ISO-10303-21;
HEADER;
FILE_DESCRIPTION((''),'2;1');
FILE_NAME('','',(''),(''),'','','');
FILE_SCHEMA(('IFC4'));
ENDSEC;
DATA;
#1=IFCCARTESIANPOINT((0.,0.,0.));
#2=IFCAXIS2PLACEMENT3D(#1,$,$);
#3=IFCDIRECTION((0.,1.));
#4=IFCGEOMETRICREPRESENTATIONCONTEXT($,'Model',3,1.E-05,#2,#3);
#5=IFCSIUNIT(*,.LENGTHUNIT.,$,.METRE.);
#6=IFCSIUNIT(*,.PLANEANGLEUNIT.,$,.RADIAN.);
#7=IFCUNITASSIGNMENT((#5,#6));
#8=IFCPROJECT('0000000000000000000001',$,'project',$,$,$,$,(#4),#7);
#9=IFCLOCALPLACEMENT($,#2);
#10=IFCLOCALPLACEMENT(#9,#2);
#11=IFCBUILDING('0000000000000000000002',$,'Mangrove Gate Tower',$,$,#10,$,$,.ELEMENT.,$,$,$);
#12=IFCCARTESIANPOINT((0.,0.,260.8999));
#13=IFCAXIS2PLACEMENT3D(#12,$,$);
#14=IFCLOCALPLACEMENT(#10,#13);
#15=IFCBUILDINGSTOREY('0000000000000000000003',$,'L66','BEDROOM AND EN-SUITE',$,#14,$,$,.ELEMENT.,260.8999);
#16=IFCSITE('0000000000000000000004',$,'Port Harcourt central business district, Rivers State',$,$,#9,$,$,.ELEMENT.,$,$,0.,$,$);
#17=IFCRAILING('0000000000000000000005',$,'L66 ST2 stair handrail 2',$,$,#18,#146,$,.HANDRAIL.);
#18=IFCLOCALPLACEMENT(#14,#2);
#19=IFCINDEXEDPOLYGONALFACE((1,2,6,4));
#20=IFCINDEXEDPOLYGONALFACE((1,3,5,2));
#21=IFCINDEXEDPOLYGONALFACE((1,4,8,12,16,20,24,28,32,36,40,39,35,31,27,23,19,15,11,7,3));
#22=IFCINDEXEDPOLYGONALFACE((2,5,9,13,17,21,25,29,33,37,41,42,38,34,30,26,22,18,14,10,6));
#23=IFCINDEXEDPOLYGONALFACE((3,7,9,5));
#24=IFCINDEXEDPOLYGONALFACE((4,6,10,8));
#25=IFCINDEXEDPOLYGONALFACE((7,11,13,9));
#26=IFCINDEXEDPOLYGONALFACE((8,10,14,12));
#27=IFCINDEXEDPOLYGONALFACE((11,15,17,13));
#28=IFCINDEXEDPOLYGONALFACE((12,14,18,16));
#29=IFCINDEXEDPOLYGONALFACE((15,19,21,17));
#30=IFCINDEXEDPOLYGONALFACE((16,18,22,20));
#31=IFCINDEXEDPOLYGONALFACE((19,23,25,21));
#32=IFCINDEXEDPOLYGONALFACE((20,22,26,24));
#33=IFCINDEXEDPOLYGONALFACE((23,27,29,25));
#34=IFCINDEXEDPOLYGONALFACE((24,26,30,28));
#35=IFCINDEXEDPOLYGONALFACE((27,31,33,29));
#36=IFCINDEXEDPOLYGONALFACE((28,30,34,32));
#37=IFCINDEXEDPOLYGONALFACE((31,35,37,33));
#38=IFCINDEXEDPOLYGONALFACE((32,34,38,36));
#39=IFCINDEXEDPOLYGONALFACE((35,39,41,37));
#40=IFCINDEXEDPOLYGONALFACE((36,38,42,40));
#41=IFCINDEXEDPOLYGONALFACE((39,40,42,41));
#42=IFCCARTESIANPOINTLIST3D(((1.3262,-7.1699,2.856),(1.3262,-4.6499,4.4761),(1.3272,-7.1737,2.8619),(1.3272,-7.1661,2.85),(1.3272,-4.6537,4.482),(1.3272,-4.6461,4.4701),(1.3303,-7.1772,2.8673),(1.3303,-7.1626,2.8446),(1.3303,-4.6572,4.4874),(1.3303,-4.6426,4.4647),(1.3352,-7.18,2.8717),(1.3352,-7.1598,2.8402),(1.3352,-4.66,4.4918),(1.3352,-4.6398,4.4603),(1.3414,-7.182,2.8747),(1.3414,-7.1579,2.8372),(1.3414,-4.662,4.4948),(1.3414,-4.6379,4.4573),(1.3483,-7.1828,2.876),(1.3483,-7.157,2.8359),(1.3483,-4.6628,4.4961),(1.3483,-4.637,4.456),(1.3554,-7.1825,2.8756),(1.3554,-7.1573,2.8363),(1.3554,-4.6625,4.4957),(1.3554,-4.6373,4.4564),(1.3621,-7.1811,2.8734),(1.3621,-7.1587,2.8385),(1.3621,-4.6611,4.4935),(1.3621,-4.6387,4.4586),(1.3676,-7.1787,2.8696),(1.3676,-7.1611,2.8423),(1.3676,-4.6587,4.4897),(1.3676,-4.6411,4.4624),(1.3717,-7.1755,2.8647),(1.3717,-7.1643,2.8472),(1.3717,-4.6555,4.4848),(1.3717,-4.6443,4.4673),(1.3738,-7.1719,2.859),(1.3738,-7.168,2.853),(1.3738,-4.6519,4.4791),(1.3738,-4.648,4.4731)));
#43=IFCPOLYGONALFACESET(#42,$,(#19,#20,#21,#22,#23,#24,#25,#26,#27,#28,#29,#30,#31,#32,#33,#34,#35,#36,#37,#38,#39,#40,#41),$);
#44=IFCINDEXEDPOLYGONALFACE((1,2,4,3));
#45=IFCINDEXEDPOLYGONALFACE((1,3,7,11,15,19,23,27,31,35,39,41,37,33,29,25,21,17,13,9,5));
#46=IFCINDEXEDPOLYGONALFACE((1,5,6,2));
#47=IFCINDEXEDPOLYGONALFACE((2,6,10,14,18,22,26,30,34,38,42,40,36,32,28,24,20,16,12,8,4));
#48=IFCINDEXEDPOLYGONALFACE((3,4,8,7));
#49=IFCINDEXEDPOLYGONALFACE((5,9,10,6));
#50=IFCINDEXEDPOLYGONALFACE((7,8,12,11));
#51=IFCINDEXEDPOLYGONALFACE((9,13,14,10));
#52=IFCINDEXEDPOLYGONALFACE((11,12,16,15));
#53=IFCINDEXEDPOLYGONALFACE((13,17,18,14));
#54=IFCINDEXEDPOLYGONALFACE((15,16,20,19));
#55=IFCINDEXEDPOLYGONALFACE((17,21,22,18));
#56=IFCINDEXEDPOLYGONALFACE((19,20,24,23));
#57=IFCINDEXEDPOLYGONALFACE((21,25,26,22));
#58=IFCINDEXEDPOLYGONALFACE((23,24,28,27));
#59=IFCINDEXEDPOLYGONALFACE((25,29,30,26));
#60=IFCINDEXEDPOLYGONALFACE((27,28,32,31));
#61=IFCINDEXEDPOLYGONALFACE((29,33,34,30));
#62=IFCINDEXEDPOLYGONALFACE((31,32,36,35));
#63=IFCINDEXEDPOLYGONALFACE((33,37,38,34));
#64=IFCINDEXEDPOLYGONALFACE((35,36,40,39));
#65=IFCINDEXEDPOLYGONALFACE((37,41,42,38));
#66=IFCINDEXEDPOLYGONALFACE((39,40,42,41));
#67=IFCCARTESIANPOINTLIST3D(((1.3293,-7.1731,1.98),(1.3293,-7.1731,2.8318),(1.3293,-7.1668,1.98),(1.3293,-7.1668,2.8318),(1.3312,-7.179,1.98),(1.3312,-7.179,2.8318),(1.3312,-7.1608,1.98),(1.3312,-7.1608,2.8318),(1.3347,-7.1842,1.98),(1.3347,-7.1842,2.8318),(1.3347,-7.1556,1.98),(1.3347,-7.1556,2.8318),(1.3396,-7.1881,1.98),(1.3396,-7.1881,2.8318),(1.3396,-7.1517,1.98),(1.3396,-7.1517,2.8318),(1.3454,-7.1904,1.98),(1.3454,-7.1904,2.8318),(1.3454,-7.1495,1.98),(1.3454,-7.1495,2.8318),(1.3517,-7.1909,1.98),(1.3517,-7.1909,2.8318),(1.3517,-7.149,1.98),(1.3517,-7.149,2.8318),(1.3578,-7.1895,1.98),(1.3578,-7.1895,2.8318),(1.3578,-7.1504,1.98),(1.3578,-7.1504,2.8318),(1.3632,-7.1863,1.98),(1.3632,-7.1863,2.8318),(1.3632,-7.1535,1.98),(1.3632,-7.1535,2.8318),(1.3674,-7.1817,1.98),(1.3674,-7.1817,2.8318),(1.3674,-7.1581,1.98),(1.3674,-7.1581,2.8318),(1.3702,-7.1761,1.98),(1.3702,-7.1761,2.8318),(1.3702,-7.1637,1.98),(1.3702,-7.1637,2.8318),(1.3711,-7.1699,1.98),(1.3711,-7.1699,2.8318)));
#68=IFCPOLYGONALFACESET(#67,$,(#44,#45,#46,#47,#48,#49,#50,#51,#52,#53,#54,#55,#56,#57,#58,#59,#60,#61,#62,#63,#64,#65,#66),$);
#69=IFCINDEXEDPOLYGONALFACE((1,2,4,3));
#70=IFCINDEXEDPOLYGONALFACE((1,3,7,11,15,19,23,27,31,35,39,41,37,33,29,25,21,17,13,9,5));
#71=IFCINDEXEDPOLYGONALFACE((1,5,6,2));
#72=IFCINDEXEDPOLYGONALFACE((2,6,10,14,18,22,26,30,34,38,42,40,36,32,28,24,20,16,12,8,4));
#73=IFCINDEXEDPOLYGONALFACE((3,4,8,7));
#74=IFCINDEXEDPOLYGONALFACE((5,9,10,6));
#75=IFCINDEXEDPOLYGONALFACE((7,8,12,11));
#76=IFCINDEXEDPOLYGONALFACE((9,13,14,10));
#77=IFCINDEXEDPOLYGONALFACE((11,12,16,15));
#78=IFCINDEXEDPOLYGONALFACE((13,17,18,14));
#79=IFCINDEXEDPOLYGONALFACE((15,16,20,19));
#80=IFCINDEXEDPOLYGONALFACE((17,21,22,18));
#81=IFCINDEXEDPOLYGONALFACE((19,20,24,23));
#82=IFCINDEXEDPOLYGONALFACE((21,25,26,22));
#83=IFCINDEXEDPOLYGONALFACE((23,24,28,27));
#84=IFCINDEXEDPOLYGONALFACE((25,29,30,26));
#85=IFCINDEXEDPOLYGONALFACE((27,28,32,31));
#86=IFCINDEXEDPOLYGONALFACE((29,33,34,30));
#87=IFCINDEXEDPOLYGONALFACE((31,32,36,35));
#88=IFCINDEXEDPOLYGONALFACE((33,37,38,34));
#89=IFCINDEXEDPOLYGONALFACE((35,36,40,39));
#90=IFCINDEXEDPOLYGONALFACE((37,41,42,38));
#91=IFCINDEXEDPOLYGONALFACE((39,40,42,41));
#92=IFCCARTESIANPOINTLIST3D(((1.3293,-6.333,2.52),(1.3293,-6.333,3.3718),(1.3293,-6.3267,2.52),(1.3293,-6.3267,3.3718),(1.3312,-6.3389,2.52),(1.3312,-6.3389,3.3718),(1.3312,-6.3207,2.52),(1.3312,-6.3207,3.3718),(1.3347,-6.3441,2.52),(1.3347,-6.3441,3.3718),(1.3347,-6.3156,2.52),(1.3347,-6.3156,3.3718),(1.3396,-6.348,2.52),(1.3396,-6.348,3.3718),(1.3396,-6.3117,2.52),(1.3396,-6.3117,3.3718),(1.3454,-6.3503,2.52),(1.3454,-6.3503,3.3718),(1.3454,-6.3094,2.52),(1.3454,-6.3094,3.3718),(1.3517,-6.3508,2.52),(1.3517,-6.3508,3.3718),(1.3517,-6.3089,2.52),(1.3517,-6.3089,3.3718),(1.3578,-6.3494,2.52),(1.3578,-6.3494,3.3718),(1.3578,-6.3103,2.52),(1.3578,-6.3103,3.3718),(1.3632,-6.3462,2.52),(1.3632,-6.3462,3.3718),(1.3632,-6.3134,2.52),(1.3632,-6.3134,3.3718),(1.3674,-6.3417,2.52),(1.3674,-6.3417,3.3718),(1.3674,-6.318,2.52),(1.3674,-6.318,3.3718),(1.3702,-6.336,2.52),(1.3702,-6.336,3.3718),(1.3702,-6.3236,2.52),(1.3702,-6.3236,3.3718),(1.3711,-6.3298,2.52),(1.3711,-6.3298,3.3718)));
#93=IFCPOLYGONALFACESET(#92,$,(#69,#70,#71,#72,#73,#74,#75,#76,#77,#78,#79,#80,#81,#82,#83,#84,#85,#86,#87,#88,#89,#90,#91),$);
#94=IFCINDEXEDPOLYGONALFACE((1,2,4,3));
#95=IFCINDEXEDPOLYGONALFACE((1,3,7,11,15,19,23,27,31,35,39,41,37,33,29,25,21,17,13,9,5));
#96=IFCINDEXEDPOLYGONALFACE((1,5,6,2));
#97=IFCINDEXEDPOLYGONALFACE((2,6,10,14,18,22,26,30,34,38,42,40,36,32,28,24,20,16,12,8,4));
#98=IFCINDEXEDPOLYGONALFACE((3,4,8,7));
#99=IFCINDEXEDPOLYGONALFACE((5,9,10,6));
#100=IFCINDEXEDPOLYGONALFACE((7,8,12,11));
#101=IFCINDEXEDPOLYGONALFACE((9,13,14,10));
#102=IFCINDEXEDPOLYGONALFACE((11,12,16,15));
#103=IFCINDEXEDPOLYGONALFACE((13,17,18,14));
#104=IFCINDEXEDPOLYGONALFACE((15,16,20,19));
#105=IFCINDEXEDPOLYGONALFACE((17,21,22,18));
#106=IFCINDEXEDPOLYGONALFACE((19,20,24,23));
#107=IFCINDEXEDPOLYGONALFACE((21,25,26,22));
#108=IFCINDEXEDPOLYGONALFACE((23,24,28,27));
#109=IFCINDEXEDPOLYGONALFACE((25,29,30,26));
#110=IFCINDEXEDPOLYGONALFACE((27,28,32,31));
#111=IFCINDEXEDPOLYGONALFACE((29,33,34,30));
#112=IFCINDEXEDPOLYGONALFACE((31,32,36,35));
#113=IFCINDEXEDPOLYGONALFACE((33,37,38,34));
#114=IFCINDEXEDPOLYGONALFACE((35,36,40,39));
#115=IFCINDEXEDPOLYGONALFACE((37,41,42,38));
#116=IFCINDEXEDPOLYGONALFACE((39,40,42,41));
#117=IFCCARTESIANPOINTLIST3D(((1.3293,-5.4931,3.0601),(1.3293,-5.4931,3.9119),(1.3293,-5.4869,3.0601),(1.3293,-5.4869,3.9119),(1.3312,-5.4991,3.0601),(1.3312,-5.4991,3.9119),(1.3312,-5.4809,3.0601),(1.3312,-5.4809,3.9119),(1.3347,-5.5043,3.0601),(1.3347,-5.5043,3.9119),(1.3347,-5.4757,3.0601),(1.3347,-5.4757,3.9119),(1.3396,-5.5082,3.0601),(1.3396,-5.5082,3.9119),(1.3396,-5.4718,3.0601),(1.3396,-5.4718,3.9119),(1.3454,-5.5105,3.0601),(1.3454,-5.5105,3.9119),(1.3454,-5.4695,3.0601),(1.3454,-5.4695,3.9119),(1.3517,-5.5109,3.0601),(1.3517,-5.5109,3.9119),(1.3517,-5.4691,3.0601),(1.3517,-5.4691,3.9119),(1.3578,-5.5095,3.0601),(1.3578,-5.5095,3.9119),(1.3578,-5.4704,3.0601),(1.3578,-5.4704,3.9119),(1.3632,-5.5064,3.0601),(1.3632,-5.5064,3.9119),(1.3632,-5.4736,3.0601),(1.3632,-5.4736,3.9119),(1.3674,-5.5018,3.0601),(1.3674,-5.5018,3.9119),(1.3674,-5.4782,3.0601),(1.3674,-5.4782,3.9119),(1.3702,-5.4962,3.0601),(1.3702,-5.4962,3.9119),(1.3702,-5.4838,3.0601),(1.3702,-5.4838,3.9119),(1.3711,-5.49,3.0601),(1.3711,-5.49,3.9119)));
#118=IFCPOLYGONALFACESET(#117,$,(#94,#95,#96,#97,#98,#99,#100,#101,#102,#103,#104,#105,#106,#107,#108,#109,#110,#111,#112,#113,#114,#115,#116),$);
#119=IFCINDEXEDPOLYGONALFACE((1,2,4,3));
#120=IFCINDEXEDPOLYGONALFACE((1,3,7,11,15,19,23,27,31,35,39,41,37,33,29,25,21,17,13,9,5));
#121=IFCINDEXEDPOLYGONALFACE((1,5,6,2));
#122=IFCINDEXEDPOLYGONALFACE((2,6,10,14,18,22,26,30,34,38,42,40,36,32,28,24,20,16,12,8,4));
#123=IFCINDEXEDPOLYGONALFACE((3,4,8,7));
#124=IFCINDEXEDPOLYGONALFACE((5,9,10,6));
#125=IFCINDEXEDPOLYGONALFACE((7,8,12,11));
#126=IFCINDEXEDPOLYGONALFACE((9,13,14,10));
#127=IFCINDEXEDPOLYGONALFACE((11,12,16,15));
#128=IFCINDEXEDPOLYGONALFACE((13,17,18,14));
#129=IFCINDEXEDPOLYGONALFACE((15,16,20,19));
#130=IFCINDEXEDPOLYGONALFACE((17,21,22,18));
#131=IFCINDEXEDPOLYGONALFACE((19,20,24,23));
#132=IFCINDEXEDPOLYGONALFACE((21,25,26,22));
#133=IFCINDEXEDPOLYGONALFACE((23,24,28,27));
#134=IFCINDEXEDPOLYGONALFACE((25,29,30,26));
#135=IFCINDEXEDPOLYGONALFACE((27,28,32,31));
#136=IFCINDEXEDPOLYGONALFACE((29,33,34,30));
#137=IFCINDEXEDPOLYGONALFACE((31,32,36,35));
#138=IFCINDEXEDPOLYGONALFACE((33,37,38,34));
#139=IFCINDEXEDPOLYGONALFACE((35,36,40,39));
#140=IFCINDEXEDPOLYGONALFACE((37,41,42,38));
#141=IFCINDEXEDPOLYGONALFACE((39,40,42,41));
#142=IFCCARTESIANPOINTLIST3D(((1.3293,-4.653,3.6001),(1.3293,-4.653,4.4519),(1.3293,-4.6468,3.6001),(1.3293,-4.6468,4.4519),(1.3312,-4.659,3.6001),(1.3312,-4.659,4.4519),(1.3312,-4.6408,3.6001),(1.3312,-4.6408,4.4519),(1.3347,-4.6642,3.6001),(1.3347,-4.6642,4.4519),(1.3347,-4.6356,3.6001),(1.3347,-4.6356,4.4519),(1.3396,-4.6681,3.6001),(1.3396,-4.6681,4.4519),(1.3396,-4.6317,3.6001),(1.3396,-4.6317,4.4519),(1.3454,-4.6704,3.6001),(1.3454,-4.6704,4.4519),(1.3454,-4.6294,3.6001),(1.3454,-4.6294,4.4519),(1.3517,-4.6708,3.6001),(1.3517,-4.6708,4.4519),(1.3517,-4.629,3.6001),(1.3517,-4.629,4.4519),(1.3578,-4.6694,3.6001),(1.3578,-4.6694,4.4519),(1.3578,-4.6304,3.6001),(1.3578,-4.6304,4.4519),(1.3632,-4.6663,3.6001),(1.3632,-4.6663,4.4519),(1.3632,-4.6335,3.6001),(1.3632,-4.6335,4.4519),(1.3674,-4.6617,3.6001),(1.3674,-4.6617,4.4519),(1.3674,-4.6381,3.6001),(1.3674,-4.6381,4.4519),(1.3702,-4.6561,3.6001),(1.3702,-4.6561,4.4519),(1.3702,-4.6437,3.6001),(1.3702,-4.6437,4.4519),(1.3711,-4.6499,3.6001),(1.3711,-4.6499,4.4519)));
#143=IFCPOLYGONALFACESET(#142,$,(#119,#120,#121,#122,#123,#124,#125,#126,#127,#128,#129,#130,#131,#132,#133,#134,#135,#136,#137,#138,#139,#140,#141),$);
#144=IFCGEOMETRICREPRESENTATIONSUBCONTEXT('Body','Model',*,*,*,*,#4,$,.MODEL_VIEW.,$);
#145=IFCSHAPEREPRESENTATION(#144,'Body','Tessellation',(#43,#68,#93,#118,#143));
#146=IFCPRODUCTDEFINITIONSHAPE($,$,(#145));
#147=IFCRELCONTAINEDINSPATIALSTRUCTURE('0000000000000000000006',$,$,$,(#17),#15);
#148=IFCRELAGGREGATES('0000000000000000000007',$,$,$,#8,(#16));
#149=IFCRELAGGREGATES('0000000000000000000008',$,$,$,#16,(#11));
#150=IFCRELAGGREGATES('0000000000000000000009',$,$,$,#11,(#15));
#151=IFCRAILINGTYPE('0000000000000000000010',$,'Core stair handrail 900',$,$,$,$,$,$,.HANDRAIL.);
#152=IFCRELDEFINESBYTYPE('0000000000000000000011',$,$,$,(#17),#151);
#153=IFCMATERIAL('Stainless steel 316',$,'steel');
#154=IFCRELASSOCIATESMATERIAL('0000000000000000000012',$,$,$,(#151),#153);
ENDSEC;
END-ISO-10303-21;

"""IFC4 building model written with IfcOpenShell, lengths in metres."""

from ifc_helpers import new_model, si_unit, direction, frame, origin, origin_2d, place, context, subcontext, project, spatial, circle, extrude, material, type_object, element, save


model = new_model("IFC4")

# Units and contexts
model_context = context("Model", 3, precision=1e-05, world=origin(), true_north=direction((0.0, 1.0)))
body_context = subcontext(model_context, "Body", "Model", "MODEL_VIEW")
ifc_project = project(units=[si_unit("LENGTHUNIT", "METRE"), si_unit("PLANEANGLEUNIT", "RADIAN")], contexts=[model_context])

# Site, building, storey
site_placement = place(None, origin())
site = spatial("IfcSite", under=ifc_project, at=site_placement, Name="Port Harcourt central business district, Rivers State", CompositionType="ELEMENT", RefElevation=0.0)
building_placement = place(site_placement, origin())
building = spatial("IfcBuilding", under=site, at=building_placement, Name="Mangrove Gate Tower", CompositionType="ELEMENT")
storey_placement = place(building_placement, frame((0.0, 0.0, 260.8999)))
storey = spatial("IfcBuildingStorey", under=building, at=storey_placement, Name="L66", Description="BEDROOM AND EN-SUITE", CompositionType="ELEMENT", Elevation=260.8999)

# Railing
ifc_material_1 = material(Name="Stainless steel 316", Category="steel")
railing_type_1 = type_object("IfcRailingType", Name="Core stair handrail 900", PredefinedType="HANDRAIL", material=ifc_material_1)
railing_1_placement = place(storey_placement, frame((1.3501, -7.1699, 1.98)))
element("IfcRailing", 1, at=railing_1_placement, inside=storey, type_object=railing_type_1, Name="L66 ST2 stair handrail 2", PredefinedType="HANDRAIL", context=body_context, shape_type="SweptSolid", body=[
    extrude(circle(Radius=0.0239, at=origin_2d()), frame((0.0, 0.0, 0.876), z_axis=(0.0, 0.841163, 0.540782), x_axis=(-1.0, 0.0, 0.0)), (0.0, 0.0, 1.0), 2.9958),
    extrude(circle(Radius=0.021, at=origin_2d()), origin(), (0.0, 0.0, 1.0), 0.8518),
    extrude(circle(Radius=0.021, at=origin_2d()), frame((0.0, 0.8401, 0.54)), (0.0, 0.0, 1.0), 0.8518),
    extrude(circle(Radius=0.021, at=origin_2d()), frame((0.0, 1.6799, 1.0801)), (0.0, 0.0, 1.0), 0.8518),
    extrude(circle(Radius=0.021, at=origin_2d()), frame((0.0, 2.52, 1.6201)), (0.0, 0.0, 1.0), 0.8518),
])

save(model, "model.ifc")
